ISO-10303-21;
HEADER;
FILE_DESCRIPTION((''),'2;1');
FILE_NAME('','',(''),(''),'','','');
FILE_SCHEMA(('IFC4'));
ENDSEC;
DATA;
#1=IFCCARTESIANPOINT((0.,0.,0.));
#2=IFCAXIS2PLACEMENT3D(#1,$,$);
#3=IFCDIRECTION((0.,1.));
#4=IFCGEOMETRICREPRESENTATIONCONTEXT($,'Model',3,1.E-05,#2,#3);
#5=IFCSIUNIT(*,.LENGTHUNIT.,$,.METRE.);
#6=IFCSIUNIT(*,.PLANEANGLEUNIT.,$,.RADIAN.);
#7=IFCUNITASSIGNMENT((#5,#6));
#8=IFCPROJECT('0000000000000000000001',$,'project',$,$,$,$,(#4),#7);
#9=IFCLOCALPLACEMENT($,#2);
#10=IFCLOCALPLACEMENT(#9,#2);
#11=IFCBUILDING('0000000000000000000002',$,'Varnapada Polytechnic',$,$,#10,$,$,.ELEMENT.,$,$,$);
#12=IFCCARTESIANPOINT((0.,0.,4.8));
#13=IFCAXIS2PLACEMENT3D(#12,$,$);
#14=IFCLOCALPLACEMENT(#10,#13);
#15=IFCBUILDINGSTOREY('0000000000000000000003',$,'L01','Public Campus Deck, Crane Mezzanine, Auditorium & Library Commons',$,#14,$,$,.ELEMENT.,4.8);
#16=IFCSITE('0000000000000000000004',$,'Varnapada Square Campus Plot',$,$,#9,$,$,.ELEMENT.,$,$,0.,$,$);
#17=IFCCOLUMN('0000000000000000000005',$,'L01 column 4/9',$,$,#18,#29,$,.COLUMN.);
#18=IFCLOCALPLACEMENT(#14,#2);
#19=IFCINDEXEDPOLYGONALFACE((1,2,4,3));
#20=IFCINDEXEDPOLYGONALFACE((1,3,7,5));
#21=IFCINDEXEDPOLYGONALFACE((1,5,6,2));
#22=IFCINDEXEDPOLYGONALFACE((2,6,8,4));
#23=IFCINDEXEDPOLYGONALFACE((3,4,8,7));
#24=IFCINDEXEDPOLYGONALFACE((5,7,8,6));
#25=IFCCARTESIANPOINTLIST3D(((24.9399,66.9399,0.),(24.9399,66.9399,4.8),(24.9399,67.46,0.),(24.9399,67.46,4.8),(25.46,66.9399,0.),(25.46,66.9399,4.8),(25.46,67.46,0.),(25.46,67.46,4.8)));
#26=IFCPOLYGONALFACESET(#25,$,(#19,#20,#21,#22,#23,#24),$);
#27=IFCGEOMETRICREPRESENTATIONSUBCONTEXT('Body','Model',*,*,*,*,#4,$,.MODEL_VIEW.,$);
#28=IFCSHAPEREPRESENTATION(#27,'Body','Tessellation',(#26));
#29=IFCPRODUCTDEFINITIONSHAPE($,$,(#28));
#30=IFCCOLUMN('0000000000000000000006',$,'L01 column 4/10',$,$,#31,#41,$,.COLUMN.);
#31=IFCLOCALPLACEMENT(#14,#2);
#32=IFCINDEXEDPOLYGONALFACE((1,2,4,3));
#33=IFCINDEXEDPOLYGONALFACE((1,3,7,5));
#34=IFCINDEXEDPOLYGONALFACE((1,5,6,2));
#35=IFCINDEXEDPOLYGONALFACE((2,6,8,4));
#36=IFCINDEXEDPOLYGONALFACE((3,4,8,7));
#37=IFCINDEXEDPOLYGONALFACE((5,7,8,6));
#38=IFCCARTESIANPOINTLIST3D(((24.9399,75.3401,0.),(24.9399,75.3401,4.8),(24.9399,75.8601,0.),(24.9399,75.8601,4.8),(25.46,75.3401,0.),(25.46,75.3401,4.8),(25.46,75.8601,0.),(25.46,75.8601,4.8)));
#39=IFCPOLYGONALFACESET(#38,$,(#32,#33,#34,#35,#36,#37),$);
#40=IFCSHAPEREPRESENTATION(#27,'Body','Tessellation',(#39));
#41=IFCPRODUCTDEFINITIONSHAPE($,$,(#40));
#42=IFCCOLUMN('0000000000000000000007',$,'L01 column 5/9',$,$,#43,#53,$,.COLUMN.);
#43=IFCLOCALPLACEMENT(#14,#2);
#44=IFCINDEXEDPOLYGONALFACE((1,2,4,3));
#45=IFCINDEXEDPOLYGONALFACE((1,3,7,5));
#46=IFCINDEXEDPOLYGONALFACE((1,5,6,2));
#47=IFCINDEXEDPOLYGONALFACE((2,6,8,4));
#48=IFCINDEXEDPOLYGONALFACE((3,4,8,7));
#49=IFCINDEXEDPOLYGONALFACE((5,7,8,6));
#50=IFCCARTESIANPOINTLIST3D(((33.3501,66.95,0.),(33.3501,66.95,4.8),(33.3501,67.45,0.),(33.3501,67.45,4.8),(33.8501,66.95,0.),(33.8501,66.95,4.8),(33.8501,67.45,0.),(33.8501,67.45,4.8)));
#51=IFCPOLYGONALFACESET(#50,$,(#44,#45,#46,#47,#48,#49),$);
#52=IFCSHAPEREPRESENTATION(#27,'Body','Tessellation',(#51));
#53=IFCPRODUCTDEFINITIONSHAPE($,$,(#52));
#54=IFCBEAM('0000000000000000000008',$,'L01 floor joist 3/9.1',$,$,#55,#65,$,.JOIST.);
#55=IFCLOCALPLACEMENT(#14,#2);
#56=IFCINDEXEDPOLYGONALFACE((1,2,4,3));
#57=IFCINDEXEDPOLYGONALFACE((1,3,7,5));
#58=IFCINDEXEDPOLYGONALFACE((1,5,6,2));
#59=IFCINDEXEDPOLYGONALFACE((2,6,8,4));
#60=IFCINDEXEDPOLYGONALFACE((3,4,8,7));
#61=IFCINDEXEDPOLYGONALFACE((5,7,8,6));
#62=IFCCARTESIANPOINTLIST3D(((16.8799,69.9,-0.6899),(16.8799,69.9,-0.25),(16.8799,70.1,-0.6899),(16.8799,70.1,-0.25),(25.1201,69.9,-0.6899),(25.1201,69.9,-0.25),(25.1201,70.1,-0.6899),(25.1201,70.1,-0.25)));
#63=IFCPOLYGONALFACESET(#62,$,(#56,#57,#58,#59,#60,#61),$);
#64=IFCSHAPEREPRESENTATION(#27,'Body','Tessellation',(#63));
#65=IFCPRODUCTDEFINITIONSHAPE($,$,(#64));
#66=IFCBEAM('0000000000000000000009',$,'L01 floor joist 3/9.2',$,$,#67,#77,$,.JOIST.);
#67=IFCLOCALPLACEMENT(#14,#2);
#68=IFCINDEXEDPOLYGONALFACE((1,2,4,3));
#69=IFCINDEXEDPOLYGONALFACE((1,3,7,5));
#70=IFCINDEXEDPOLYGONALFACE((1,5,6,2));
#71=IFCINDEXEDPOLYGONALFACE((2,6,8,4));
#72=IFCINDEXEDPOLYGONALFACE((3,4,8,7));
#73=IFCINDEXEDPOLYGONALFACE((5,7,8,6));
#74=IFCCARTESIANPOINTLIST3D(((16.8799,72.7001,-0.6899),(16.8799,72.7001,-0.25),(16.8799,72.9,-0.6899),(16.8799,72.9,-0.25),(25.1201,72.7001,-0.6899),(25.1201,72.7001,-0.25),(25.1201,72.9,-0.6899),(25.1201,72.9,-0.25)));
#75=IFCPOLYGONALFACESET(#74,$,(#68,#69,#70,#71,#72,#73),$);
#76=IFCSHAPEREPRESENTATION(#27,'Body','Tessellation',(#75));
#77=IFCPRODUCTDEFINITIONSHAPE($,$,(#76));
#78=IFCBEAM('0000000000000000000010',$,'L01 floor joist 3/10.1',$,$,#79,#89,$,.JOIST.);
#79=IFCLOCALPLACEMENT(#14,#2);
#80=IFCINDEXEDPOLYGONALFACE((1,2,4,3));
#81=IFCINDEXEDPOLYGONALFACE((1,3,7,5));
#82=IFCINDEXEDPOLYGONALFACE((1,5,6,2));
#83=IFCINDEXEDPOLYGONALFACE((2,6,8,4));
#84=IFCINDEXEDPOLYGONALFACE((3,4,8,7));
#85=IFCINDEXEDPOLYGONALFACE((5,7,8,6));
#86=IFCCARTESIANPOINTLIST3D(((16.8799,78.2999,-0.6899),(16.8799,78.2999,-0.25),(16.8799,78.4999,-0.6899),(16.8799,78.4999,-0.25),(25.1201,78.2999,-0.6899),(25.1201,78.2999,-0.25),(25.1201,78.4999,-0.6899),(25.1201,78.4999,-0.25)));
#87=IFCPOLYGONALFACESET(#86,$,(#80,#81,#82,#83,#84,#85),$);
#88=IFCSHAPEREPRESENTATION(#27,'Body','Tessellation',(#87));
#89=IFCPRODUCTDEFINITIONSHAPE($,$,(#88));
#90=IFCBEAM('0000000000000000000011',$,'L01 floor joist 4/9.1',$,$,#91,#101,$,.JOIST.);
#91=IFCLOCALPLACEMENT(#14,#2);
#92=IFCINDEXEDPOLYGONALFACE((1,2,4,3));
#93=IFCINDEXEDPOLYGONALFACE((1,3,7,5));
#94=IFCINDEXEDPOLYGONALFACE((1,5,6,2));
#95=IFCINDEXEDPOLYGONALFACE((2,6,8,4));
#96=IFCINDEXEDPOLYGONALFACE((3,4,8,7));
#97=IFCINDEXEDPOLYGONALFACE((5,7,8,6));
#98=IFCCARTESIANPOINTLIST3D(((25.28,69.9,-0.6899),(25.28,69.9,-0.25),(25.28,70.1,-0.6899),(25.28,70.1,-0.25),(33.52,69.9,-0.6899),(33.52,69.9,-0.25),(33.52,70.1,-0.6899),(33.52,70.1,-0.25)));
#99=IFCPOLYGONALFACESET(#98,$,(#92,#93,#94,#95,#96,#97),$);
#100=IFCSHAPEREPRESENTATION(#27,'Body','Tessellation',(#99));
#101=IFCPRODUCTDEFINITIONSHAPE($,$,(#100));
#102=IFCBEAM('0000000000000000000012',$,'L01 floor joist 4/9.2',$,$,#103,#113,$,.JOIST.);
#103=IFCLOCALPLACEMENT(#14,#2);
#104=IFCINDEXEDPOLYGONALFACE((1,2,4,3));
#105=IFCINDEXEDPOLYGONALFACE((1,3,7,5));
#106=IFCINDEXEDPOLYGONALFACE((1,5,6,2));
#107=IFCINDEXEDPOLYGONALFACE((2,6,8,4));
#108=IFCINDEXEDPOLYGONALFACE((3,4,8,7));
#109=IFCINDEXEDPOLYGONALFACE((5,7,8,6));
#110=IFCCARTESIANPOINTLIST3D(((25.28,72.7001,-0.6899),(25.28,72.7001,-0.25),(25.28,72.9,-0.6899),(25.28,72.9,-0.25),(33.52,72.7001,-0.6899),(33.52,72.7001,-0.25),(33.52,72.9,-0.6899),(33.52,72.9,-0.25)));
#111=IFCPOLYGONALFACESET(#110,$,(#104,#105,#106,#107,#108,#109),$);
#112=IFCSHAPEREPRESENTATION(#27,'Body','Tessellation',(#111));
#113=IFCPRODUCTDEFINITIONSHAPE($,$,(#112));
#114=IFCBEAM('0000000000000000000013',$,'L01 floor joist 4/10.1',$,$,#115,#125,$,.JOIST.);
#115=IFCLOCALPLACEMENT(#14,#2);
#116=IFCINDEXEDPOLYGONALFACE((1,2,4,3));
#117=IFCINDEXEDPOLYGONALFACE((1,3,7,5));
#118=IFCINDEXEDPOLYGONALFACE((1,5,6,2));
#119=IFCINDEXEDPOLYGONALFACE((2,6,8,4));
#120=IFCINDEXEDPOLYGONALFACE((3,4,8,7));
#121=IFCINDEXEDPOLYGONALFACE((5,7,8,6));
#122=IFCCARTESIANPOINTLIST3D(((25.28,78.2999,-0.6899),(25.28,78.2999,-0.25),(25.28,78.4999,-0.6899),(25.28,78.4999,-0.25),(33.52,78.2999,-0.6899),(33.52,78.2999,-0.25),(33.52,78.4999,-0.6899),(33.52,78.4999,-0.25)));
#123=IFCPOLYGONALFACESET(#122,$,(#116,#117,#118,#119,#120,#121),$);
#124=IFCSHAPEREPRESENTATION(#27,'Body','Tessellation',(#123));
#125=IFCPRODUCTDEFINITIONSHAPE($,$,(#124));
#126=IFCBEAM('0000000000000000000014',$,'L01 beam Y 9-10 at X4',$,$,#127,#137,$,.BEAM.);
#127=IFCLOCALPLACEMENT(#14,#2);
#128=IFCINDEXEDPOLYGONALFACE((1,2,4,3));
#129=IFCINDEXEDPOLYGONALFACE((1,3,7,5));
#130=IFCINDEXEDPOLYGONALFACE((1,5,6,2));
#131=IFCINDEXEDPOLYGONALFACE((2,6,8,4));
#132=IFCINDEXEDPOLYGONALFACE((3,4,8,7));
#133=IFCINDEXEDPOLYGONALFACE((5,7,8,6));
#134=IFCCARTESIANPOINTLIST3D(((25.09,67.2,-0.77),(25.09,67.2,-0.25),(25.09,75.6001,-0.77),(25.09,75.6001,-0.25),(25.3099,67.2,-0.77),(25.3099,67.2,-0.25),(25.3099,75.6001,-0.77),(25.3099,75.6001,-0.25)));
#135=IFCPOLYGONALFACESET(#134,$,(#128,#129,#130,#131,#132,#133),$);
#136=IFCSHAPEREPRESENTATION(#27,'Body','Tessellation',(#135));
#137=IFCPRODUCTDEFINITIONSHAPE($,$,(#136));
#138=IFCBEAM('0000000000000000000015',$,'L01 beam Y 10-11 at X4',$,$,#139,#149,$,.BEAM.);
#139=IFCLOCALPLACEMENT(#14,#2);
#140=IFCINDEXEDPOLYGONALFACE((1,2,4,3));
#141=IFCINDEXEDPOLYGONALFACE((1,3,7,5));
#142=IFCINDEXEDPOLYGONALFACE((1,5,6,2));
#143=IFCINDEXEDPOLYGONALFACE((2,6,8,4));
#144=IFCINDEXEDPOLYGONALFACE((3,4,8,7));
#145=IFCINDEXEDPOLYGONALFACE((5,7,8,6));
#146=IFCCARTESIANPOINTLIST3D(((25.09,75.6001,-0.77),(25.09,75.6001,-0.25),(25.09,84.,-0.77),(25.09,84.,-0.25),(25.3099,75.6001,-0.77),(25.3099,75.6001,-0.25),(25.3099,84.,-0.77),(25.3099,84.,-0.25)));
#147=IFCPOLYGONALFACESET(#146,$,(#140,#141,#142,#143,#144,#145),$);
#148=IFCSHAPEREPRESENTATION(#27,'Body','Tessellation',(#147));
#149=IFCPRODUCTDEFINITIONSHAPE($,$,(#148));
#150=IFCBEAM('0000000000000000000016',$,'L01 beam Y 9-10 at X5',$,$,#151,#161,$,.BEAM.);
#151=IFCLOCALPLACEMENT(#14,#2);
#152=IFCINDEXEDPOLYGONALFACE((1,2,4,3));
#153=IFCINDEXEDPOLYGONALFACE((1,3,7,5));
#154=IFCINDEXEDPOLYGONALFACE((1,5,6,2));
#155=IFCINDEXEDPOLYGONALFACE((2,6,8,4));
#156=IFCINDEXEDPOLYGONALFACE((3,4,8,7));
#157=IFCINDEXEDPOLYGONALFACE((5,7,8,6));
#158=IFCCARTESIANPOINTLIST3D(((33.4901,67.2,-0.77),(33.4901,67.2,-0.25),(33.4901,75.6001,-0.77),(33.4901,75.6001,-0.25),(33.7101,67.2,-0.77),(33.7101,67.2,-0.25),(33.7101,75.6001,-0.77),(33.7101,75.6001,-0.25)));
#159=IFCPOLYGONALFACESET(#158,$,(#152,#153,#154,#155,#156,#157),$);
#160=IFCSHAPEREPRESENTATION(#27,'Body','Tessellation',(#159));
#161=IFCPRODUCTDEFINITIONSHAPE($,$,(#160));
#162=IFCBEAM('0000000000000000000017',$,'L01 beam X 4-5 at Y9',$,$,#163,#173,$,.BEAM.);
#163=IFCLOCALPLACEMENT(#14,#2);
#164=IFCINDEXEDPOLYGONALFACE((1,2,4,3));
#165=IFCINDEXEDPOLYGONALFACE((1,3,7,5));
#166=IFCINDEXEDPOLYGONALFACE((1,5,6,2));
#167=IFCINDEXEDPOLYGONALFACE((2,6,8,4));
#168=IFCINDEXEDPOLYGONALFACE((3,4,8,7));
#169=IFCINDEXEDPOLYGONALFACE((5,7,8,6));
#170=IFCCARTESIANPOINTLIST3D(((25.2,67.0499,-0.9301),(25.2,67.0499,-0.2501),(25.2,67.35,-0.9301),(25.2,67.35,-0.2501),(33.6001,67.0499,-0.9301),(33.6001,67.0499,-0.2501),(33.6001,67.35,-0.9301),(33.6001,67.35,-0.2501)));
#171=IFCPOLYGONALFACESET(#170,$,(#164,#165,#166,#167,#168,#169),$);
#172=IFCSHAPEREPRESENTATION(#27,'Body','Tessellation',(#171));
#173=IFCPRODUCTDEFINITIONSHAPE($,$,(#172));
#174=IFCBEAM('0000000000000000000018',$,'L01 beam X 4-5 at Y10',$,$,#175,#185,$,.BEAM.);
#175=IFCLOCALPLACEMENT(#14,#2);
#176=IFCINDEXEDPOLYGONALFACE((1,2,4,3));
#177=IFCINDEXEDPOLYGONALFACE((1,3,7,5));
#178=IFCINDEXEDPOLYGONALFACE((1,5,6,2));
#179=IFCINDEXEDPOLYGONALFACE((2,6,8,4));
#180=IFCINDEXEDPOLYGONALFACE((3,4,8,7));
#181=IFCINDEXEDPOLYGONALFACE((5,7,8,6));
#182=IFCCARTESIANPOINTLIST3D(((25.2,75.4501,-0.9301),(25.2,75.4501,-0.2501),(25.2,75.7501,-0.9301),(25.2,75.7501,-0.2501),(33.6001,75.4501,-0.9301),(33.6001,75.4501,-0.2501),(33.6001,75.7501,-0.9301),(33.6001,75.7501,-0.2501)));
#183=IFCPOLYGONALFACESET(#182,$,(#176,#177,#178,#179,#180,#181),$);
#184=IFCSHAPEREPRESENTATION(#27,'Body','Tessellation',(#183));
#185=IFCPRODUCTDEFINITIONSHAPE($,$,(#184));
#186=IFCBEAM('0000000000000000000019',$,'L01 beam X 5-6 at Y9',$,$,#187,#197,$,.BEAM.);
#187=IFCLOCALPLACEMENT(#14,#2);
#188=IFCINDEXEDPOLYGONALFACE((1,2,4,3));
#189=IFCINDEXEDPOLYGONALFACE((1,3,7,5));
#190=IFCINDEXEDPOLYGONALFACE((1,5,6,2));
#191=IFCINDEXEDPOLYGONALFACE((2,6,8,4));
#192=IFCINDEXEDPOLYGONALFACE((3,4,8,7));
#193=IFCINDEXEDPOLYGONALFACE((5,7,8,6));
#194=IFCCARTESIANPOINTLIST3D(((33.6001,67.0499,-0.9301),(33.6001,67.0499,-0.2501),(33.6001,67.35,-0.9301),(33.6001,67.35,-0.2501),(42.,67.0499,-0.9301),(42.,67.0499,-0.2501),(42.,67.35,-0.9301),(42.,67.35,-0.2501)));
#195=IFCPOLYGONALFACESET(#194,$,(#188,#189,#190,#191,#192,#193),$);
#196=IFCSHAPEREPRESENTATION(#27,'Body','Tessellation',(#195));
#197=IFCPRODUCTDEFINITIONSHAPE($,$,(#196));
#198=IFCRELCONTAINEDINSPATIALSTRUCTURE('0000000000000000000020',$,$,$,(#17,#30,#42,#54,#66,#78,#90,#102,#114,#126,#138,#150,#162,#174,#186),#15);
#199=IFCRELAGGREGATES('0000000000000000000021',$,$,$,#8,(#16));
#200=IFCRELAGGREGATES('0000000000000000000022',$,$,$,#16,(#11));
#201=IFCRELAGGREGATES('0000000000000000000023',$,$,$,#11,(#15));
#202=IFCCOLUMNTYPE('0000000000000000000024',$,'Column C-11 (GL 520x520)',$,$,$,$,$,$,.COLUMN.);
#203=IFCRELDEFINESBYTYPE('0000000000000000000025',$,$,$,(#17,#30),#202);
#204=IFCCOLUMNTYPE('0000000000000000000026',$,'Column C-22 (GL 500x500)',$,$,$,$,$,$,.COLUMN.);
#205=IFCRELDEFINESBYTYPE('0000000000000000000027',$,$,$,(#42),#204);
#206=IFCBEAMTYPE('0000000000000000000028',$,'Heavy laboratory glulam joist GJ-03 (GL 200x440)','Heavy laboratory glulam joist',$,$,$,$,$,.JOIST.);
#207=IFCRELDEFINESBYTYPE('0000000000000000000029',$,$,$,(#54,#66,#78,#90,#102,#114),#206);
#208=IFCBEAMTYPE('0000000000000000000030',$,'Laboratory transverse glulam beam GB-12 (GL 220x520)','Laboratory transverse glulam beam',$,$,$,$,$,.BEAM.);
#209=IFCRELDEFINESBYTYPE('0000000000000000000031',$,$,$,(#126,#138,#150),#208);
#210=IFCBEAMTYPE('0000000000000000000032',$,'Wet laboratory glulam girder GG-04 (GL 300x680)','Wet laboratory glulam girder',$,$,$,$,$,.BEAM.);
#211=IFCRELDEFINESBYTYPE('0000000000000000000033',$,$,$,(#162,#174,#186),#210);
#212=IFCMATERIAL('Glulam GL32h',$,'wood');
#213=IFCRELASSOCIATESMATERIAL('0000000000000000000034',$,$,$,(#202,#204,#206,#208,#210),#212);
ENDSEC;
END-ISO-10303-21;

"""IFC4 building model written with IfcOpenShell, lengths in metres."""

from ifc_helpers import new_model, si_unit, direction, frame, origin, origin_2d, place, context, subcontext, project, spatial, rectangle, extrude, material, material_profile, profile_set, type_object, element, save


model = new_model("IFC4")

# Units and contexts
model_context = context("Model", 3, precision=1e-05, world=origin(), true_north=direction((0.0, 1.0)))
body_context = subcontext(model_context, "Body", "Model", "MODEL_VIEW")
ifc_project = project(units=[si_unit("LENGTHUNIT", "METRE"), si_unit("PLANEANGLEUNIT", "RADIAN")], contexts=[model_context])

# Site, building, storey
site_placement = place(None, origin())
site = spatial("IfcSite", under=ifc_project, at=site_placement, Name="Varnapada Square Campus Plot", CompositionType="ELEMENT", RefElevation=0.0)
building_placement = place(site_placement, origin())
building = spatial("IfcBuilding", under=site, at=building_placement, Name="Varnapada Polytechnic", CompositionType="ELEMENT")
storey_placement = place(building_placement, frame((0.0, 0.0, 4.8)))
storey = spatial("IfcBuildingStorey", under=building, at=storey_placement, Name="L01", Description="Public Campus Deck, Crane Mezzanine, Auditorium & Library Commons", CompositionType="ELEMENT", Elevation=4.8)

# Columns
ifc_material_1 = material(Name="Glulam GL32h", Category="wood")
ifc_material_profile_1 = material_profile(ifc_material_1, rectangle(XDim=0.52, YDim=0.52, at=origin_2d()), Name="GL 520x520")
ifc_profile_set_1 = profile_set([ifc_material_profile_1], Name="Glulam GL32h")
column_type_1 = type_object("IfcColumnType", Name="Column C-11 (GL 520x520)", PredefinedType="COLUMN", material=ifc_profile_set_1)
for number, where, z_axis, x_axis, name in (
    (1, (25.2, 67.2, 0.0), (0.0, 0.0, 1.0), (1.0, 0.0, 0.0), "L01 column 4/9"),
    (2, (25.2, 75.6001, 0.0), (0.0, 0.0, 1.0), (1.0, 0.0, 0.0), "L01 column 4/10"),
):
    element("IfcColumn", number, at=place(storey_placement, frame(where, z_axis=z_axis, x_axis=x_axis)), inside=storey, type_object=column_type_1, Name=name, PredefinedType="COLUMN", context=body_context, shape_type="SweptSolid", body=[
        extrude(rectangle(XDim=0.52, YDim=0.52, at=origin_2d()), origin(), (0.0, 0.0, 1.0), 4.8),
    ])
ifc_material_profile_2 = material_profile(ifc_material_1, rectangle(XDim=0.5, YDim=0.5, at=origin_2d()), Name="GL 500x500")
ifc_profile_set_2 = profile_set([ifc_material_profile_2], Name="Glulam GL32h")
column_type_2 = type_object("IfcColumnType", Name="Column C-22 (GL 500x500)", PredefinedType="COLUMN", material=ifc_profile_set_2)
column_placement = place(storey_placement, frame((33.6001, 67.2, 0.0), z_axis=(0.0, 0.0, 1.0), x_axis=(1.0, 0.0, 0.0)))
element("IfcColumn", 3, at=column_placement, inside=storey, type_object=column_type_2, Name="L01 column 5/9", PredefinedType="COLUMN", context=body_context, shape_type="SweptSolid", body=[
    extrude(rectangle(XDim=0.5, YDim=0.5, at=origin_2d()), origin(), (0.0, 0.0, 1.0), 4.8),
])

# Beams
ifc_material_profile_3 = material_profile(ifc_material_1, rectangle(XDim=0.2, YDim=0.4399, at=origin_2d()), Name="GL 200x440")
ifc_profile_set_3 = profile_set([ifc_material_profile_3], Name="Glulam GL32h")
beam_type_1 = type_object("IfcBeamType", Name="Heavy laboratory glulam joist GJ-03 (GL 200x440)", Description="Heavy laboratory glulam joist", PredefinedType="JOIST", material=ifc_profile_set_3)
for number, where, z_axis, x_axis, name in (
    (4, (16.8799, 70.0, -0.47), (1.0, 0.0, 0.0), (0.0, 1.0, 0.0), "L01 floor joist 3/9.1"),
    (5, (16.8799, 72.8, -0.47), (1.0, 0.0, 0.0), (0.0, 1.0, 0.0), "L01 floor joist 3/9.2"),
    (6, (16.8799, 78.3999, -0.47), (1.0, 0.0, 0.0), (0.0, 1.0, 0.0), "L01 floor joist 3/10.1"),
):
    element("IfcBeam", number, at=place(storey_placement, frame(where, z_axis=z_axis, x_axis=x_axis)), inside=storey, type_object=beam_type_1, Name=name, PredefinedType="JOIST", context=body_context, shape_type="SweptSolid", body=[
        extrude(rectangle(XDim=0.2, YDim=0.4399, at=origin_2d()), origin(), (0.0, 0.0, 1.0), 8.2402),
    ])
for number, where, z_axis, x_axis, name in (
    (7, (25.28, 70.0, -0.47), (1.0, 0.0, 0.0), (0.0, 1.0, 0.0), "L01 floor joist 4/9.1"),
    (8, (25.28, 72.8, -0.47), (1.0, 0.0, 0.0), (0.0, 1.0, 0.0), "L01 floor joist 4/9.2"),
    (9, (25.28, 78.3999, -0.47), (1.0, 0.0, 0.0), (0.0, 1.0, 0.0), "L01 floor joist 4/10.1"),
):
    element("IfcBeam", number, at=place(storey_placement, frame(where, z_axis=z_axis, x_axis=x_axis)), inside=storey, type_object=beam_type_1, Name=name, PredefinedType="JOIST", context=body_context, shape_type="SweptSolid", body=[
        extrude(rectangle(XDim=0.2, YDim=0.4399, at=origin_2d()), origin(), (0.0, 0.0, 1.0), 8.24),
    ])
ifc_material_profile_4 = material_profile(ifc_material_1, rectangle(XDim=0.22, YDim=0.52, at=origin_2d()), Name="GL 220x520")
ifc_profile_set_4 = profile_set([ifc_material_profile_4], Name="Glulam GL32h")
beam_type_2 = type_object("IfcBeamType", Name="Laboratory transverse glulam beam GB-12 (GL 220x520)", Description="Laboratory transverse glulam beam", PredefinedType="BEAM", material=ifc_profile_set_4)
beam_1_placement = place(storey_placement, frame((25.2, 67.2, -0.51), z_axis=(0.0, 1.0, 0.0), x_axis=(-1.0, 0.0, 0.0)))
element("IfcBeam", 10, at=beam_1_placement, inside=storey, type_object=beam_type_2, Name="L01 beam Y 9-10 at X4", PredefinedType="BEAM", context=body_context, shape_type="SweptSolid", body=[
    extrude(rectangle(XDim=0.22, YDim=0.52, at=origin_2d()), origin(), (0.0, 0.0, 1.0), 8.4001),
])
beam_2_placement = place(storey_placement, frame((25.2, 75.6001, -0.51), z_axis=(0.0, 1.0, 0.0), x_axis=(-1.0, 0.0, 0.0)))
element("IfcBeam", 11, at=beam_2_placement, inside=storey, type_object=beam_type_2, Name="L01 beam Y 10-11 at X4", PredefinedType="BEAM", context=body_context, shape_type="SweptSolid", body=[
    extrude(rectangle(XDim=0.22, YDim=0.52, at=origin_2d()), origin(), (0.0, 0.0, 1.0), 8.3999),
])
beam_3_placement = place(storey_placement, frame((33.6001, 67.2, -0.51), z_axis=(0.0, 1.0, 0.0), x_axis=(-1.0, 0.0, 0.0)))
element("IfcBeam", 12, at=beam_3_placement, inside=storey, type_object=beam_type_2, Name="L01 beam Y 9-10 at X5", PredefinedType="BEAM", context=body_context, shape_type="SweptSolid", body=[
    extrude(rectangle(XDim=0.22, YDim=0.52, at=origin_2d()), origin(), (0.0, 0.0, 1.0), 8.4001),
])
ifc_material_profile_5 = material_profile(ifc_material_1, rectangle(XDim=0.3, YDim=0.6799, at=origin_2d()), Name="GL 300x680")
ifc_profile_set_5 = profile_set([ifc_material_profile_5], Name="Glulam GL32h")
beam_type_3 = type_object("IfcBeamType", Name="Wet laboratory glulam girder GG-04 (GL 300x680)", Description="Wet laboratory glulam girder", PredefinedType="BEAM", material=ifc_profile_set_5)
for number, where, z_axis, x_axis, name in (
    (13, (25.2, 67.2, -0.5901), (1.0, 0.0, 0.0), (0.0, 1.0, 0.0), "L01 beam X 4-5 at Y9"),
    (14, (25.2, 75.6001, -0.5901), (1.0, 0.0, 0.0), (0.0, 1.0, 0.0), "L01 beam X 4-5 at Y10"),
):
    element("IfcBeam", number, at=place(storey_placement, frame(where, z_axis=z_axis, x_axis=x_axis)), inside=storey, type_object=beam_type_3, Name=name, PredefinedType="BEAM", context=body_context, shape_type="SweptSolid", body=[
        extrude(rectangle(XDim=0.3, YDim=0.6799, at=origin_2d()), origin(), (0.0, 0.0, 1.0), 8.4001),
    ])
beam_4_placement = place(storey_placement, frame((33.6001, 67.2, -0.5901), z_axis=(1.0, 0.0, 0.0), x_axis=(0.0, 1.0, 0.0)))
element("IfcBeam", 15, at=beam_4_placement, inside=storey, type_object=beam_type_3, Name="L01 beam X 5-6 at Y9", PredefinedType="BEAM", context=body_context, shape_type="SweptSolid", body=[
    extrude(rectangle(XDim=0.3, YDim=0.6799, at=origin_2d()), origin(), (0.0, 0.0, 1.0), 8.3999),
])

save(model, "model.ifc")
